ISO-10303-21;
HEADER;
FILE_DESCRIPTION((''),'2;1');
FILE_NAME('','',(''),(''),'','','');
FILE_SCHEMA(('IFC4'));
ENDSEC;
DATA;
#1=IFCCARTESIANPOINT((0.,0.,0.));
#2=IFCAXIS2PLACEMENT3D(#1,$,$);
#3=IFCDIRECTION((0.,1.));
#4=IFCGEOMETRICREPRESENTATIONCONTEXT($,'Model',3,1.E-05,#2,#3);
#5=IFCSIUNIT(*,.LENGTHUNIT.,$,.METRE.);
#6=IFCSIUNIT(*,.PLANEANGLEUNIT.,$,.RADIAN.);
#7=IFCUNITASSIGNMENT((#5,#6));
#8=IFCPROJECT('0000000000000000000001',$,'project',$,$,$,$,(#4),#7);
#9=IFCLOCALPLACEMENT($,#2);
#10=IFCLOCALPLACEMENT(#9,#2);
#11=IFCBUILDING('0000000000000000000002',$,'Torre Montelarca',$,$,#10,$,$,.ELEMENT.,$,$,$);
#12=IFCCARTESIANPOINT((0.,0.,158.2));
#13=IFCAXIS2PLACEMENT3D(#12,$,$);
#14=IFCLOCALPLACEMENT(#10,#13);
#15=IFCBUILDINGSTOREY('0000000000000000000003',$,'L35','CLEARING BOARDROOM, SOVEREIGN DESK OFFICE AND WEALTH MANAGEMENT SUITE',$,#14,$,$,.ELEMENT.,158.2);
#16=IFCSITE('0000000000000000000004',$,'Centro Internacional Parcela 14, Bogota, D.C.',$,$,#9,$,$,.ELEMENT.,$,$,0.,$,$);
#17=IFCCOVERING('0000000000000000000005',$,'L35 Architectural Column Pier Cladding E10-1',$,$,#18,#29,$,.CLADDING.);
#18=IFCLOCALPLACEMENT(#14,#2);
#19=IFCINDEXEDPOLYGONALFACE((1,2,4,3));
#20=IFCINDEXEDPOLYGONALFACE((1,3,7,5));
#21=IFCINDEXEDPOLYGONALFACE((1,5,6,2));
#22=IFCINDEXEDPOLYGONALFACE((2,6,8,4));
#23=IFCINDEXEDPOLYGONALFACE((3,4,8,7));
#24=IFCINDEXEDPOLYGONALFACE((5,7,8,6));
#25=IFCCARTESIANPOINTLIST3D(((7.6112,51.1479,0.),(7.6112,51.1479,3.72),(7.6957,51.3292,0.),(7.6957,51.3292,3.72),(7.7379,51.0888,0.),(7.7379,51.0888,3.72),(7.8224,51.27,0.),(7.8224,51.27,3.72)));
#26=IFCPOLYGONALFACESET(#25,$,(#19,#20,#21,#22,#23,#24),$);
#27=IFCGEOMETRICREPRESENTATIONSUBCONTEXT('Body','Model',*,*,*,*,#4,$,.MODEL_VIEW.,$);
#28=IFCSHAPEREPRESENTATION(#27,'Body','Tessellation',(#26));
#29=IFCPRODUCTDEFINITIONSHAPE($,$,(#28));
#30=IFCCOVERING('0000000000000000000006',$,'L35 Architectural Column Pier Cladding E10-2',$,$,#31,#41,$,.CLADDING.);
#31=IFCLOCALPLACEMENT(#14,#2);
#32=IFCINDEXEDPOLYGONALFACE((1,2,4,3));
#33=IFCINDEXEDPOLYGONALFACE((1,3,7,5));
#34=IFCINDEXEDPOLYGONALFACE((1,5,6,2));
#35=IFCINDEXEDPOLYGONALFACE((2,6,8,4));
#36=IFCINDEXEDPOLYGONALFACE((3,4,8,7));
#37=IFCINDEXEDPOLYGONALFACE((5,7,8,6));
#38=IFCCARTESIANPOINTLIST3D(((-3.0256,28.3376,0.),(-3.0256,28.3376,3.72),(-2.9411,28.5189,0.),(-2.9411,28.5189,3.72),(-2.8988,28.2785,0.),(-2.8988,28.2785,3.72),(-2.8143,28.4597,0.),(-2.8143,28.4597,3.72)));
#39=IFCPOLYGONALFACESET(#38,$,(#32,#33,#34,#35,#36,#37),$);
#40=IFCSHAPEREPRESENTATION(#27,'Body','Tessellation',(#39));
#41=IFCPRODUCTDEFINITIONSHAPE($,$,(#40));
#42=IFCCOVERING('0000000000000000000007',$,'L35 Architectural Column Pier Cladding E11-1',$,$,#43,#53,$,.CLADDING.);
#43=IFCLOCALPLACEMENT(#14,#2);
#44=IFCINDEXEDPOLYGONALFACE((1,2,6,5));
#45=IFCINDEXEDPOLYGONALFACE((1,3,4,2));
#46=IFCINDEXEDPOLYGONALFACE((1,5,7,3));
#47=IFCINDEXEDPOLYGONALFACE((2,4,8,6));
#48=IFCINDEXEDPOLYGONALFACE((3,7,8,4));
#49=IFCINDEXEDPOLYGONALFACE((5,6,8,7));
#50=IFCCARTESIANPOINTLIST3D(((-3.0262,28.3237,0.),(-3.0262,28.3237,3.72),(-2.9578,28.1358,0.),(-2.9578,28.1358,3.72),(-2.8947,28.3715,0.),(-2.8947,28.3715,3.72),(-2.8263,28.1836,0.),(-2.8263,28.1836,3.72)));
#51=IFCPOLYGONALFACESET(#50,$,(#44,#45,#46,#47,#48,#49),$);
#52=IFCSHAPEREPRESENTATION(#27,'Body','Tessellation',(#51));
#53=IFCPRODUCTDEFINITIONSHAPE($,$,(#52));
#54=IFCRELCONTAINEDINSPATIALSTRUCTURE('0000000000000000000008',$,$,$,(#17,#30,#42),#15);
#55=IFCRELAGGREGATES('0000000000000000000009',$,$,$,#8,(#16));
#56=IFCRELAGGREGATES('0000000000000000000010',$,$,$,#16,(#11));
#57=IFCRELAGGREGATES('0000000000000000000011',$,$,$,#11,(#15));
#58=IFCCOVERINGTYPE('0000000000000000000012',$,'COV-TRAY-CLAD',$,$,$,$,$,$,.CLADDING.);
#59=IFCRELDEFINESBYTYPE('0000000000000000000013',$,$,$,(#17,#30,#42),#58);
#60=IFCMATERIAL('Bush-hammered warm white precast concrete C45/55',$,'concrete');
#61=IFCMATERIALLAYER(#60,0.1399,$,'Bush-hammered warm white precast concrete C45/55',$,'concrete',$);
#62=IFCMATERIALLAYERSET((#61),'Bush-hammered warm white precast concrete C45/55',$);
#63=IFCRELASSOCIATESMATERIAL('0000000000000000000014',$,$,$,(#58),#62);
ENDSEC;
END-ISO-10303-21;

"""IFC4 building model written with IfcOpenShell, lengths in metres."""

from ifc_helpers import new_model, si_unit, direction, frame, origin, origin_2d, place, context, subcontext, project, spatial, rectangle, extrude, source, transform, mapped, material, layer, layer_set, type_object, element, save


model = new_model("IFC4")

# Units and contexts
model_context = context("Model", 3, precision=1e-05, world=origin(), true_north=direction((0.0, 1.0)))
body_context = subcontext(model_context, "Body", "Model", "MODEL_VIEW")
ifc_project = project(units=[si_unit("LENGTHUNIT", "METRE"), si_unit("PLANEANGLEUNIT", "RADIAN")], contexts=[model_context])

# Site, building, storey
site_placement = place(None, origin())
site = spatial("IfcSite", under=ifc_project, at=site_placement, Name="Centro Internacional Parcela 14, Bogota, D.C.", CompositionType="ELEMENT", RefElevation=0.0)
building_placement = place(site_placement, origin())
building = spatial("IfcBuilding", under=site, at=building_placement, Name="Torre Montelarca", CompositionType="ELEMENT")
storey_placement = place(building_placement, frame((0.0, 0.0, 158.2)))
storey = spatial("IfcBuildingStorey", under=building, at=storey_placement, Name="L35", Description="CLEARING BOARDROOM, SOVEREIGN DESK OFFICE AND WEALTH MANAGEMENT SUITE", CompositionType="ELEMENT", Elevation=158.2)

# Coverings
ifc_material_1 = material(Name="Bush-hammered warm white precast concrete C45/55", Category="concrete")
ifc_layer_1 = layer(ifc_material_1, 0.1399, Name="Bush-hammered warm white precast concrete C45/55", Category="concrete")
ifc_layer_set_1 = layer_set([ifc_layer_1], Name="Bush-hammered warm white precast concrete C45/55")
covering_type = type_object("IfcCoveringType", Name="COV-TRAY-CLAD", PredefinedType="CLADDING", material=ifc_layer_set_1)
shared_shape_1 = source(origin(), body_context, "Body", "SweptSolid", [
    extrude(rectangle(XDim=0.2, YDim=0.1399, at=origin_2d()), origin(), (0.0, 0.0, 1.0), 3.72),
])
for number, where, z_axis, x_axis, name in (
    (1, (7.7168, 51.209, 0.0), (0.0, 0.0, 1.0), (-0.422618, -0.906308, 0.0), "L35 Architectural Column Pier Cladding E10-1"),
    (2, (-2.9199, 28.3987, 0.0), (0.0, 0.0, 1.0), (-0.422618, -0.906308, 0.0), "L35 Architectural Column Pier Cladding E10-2"),
    (3, (-2.9263, 28.2537, 0.0), (0.0, 0.0, 1.0), (0.342012, -0.939696, 0.0), "L35 Architectural Column Pier Cladding E11-1"),
):
    element("IfcCovering", number, at=place(storey_placement, frame(where, z_axis=z_axis, x_axis=x_axis)), inside=storey, type_object=covering_type, Name=name, PredefinedType="CLADDING", context=body_context, shape_type="MappedRepresentation", body=[
        mapped(shared_shape_1, transform((0.0, 0.0, 0.0), scale=1.0)),
    ])

save(model, "model.ifc")
